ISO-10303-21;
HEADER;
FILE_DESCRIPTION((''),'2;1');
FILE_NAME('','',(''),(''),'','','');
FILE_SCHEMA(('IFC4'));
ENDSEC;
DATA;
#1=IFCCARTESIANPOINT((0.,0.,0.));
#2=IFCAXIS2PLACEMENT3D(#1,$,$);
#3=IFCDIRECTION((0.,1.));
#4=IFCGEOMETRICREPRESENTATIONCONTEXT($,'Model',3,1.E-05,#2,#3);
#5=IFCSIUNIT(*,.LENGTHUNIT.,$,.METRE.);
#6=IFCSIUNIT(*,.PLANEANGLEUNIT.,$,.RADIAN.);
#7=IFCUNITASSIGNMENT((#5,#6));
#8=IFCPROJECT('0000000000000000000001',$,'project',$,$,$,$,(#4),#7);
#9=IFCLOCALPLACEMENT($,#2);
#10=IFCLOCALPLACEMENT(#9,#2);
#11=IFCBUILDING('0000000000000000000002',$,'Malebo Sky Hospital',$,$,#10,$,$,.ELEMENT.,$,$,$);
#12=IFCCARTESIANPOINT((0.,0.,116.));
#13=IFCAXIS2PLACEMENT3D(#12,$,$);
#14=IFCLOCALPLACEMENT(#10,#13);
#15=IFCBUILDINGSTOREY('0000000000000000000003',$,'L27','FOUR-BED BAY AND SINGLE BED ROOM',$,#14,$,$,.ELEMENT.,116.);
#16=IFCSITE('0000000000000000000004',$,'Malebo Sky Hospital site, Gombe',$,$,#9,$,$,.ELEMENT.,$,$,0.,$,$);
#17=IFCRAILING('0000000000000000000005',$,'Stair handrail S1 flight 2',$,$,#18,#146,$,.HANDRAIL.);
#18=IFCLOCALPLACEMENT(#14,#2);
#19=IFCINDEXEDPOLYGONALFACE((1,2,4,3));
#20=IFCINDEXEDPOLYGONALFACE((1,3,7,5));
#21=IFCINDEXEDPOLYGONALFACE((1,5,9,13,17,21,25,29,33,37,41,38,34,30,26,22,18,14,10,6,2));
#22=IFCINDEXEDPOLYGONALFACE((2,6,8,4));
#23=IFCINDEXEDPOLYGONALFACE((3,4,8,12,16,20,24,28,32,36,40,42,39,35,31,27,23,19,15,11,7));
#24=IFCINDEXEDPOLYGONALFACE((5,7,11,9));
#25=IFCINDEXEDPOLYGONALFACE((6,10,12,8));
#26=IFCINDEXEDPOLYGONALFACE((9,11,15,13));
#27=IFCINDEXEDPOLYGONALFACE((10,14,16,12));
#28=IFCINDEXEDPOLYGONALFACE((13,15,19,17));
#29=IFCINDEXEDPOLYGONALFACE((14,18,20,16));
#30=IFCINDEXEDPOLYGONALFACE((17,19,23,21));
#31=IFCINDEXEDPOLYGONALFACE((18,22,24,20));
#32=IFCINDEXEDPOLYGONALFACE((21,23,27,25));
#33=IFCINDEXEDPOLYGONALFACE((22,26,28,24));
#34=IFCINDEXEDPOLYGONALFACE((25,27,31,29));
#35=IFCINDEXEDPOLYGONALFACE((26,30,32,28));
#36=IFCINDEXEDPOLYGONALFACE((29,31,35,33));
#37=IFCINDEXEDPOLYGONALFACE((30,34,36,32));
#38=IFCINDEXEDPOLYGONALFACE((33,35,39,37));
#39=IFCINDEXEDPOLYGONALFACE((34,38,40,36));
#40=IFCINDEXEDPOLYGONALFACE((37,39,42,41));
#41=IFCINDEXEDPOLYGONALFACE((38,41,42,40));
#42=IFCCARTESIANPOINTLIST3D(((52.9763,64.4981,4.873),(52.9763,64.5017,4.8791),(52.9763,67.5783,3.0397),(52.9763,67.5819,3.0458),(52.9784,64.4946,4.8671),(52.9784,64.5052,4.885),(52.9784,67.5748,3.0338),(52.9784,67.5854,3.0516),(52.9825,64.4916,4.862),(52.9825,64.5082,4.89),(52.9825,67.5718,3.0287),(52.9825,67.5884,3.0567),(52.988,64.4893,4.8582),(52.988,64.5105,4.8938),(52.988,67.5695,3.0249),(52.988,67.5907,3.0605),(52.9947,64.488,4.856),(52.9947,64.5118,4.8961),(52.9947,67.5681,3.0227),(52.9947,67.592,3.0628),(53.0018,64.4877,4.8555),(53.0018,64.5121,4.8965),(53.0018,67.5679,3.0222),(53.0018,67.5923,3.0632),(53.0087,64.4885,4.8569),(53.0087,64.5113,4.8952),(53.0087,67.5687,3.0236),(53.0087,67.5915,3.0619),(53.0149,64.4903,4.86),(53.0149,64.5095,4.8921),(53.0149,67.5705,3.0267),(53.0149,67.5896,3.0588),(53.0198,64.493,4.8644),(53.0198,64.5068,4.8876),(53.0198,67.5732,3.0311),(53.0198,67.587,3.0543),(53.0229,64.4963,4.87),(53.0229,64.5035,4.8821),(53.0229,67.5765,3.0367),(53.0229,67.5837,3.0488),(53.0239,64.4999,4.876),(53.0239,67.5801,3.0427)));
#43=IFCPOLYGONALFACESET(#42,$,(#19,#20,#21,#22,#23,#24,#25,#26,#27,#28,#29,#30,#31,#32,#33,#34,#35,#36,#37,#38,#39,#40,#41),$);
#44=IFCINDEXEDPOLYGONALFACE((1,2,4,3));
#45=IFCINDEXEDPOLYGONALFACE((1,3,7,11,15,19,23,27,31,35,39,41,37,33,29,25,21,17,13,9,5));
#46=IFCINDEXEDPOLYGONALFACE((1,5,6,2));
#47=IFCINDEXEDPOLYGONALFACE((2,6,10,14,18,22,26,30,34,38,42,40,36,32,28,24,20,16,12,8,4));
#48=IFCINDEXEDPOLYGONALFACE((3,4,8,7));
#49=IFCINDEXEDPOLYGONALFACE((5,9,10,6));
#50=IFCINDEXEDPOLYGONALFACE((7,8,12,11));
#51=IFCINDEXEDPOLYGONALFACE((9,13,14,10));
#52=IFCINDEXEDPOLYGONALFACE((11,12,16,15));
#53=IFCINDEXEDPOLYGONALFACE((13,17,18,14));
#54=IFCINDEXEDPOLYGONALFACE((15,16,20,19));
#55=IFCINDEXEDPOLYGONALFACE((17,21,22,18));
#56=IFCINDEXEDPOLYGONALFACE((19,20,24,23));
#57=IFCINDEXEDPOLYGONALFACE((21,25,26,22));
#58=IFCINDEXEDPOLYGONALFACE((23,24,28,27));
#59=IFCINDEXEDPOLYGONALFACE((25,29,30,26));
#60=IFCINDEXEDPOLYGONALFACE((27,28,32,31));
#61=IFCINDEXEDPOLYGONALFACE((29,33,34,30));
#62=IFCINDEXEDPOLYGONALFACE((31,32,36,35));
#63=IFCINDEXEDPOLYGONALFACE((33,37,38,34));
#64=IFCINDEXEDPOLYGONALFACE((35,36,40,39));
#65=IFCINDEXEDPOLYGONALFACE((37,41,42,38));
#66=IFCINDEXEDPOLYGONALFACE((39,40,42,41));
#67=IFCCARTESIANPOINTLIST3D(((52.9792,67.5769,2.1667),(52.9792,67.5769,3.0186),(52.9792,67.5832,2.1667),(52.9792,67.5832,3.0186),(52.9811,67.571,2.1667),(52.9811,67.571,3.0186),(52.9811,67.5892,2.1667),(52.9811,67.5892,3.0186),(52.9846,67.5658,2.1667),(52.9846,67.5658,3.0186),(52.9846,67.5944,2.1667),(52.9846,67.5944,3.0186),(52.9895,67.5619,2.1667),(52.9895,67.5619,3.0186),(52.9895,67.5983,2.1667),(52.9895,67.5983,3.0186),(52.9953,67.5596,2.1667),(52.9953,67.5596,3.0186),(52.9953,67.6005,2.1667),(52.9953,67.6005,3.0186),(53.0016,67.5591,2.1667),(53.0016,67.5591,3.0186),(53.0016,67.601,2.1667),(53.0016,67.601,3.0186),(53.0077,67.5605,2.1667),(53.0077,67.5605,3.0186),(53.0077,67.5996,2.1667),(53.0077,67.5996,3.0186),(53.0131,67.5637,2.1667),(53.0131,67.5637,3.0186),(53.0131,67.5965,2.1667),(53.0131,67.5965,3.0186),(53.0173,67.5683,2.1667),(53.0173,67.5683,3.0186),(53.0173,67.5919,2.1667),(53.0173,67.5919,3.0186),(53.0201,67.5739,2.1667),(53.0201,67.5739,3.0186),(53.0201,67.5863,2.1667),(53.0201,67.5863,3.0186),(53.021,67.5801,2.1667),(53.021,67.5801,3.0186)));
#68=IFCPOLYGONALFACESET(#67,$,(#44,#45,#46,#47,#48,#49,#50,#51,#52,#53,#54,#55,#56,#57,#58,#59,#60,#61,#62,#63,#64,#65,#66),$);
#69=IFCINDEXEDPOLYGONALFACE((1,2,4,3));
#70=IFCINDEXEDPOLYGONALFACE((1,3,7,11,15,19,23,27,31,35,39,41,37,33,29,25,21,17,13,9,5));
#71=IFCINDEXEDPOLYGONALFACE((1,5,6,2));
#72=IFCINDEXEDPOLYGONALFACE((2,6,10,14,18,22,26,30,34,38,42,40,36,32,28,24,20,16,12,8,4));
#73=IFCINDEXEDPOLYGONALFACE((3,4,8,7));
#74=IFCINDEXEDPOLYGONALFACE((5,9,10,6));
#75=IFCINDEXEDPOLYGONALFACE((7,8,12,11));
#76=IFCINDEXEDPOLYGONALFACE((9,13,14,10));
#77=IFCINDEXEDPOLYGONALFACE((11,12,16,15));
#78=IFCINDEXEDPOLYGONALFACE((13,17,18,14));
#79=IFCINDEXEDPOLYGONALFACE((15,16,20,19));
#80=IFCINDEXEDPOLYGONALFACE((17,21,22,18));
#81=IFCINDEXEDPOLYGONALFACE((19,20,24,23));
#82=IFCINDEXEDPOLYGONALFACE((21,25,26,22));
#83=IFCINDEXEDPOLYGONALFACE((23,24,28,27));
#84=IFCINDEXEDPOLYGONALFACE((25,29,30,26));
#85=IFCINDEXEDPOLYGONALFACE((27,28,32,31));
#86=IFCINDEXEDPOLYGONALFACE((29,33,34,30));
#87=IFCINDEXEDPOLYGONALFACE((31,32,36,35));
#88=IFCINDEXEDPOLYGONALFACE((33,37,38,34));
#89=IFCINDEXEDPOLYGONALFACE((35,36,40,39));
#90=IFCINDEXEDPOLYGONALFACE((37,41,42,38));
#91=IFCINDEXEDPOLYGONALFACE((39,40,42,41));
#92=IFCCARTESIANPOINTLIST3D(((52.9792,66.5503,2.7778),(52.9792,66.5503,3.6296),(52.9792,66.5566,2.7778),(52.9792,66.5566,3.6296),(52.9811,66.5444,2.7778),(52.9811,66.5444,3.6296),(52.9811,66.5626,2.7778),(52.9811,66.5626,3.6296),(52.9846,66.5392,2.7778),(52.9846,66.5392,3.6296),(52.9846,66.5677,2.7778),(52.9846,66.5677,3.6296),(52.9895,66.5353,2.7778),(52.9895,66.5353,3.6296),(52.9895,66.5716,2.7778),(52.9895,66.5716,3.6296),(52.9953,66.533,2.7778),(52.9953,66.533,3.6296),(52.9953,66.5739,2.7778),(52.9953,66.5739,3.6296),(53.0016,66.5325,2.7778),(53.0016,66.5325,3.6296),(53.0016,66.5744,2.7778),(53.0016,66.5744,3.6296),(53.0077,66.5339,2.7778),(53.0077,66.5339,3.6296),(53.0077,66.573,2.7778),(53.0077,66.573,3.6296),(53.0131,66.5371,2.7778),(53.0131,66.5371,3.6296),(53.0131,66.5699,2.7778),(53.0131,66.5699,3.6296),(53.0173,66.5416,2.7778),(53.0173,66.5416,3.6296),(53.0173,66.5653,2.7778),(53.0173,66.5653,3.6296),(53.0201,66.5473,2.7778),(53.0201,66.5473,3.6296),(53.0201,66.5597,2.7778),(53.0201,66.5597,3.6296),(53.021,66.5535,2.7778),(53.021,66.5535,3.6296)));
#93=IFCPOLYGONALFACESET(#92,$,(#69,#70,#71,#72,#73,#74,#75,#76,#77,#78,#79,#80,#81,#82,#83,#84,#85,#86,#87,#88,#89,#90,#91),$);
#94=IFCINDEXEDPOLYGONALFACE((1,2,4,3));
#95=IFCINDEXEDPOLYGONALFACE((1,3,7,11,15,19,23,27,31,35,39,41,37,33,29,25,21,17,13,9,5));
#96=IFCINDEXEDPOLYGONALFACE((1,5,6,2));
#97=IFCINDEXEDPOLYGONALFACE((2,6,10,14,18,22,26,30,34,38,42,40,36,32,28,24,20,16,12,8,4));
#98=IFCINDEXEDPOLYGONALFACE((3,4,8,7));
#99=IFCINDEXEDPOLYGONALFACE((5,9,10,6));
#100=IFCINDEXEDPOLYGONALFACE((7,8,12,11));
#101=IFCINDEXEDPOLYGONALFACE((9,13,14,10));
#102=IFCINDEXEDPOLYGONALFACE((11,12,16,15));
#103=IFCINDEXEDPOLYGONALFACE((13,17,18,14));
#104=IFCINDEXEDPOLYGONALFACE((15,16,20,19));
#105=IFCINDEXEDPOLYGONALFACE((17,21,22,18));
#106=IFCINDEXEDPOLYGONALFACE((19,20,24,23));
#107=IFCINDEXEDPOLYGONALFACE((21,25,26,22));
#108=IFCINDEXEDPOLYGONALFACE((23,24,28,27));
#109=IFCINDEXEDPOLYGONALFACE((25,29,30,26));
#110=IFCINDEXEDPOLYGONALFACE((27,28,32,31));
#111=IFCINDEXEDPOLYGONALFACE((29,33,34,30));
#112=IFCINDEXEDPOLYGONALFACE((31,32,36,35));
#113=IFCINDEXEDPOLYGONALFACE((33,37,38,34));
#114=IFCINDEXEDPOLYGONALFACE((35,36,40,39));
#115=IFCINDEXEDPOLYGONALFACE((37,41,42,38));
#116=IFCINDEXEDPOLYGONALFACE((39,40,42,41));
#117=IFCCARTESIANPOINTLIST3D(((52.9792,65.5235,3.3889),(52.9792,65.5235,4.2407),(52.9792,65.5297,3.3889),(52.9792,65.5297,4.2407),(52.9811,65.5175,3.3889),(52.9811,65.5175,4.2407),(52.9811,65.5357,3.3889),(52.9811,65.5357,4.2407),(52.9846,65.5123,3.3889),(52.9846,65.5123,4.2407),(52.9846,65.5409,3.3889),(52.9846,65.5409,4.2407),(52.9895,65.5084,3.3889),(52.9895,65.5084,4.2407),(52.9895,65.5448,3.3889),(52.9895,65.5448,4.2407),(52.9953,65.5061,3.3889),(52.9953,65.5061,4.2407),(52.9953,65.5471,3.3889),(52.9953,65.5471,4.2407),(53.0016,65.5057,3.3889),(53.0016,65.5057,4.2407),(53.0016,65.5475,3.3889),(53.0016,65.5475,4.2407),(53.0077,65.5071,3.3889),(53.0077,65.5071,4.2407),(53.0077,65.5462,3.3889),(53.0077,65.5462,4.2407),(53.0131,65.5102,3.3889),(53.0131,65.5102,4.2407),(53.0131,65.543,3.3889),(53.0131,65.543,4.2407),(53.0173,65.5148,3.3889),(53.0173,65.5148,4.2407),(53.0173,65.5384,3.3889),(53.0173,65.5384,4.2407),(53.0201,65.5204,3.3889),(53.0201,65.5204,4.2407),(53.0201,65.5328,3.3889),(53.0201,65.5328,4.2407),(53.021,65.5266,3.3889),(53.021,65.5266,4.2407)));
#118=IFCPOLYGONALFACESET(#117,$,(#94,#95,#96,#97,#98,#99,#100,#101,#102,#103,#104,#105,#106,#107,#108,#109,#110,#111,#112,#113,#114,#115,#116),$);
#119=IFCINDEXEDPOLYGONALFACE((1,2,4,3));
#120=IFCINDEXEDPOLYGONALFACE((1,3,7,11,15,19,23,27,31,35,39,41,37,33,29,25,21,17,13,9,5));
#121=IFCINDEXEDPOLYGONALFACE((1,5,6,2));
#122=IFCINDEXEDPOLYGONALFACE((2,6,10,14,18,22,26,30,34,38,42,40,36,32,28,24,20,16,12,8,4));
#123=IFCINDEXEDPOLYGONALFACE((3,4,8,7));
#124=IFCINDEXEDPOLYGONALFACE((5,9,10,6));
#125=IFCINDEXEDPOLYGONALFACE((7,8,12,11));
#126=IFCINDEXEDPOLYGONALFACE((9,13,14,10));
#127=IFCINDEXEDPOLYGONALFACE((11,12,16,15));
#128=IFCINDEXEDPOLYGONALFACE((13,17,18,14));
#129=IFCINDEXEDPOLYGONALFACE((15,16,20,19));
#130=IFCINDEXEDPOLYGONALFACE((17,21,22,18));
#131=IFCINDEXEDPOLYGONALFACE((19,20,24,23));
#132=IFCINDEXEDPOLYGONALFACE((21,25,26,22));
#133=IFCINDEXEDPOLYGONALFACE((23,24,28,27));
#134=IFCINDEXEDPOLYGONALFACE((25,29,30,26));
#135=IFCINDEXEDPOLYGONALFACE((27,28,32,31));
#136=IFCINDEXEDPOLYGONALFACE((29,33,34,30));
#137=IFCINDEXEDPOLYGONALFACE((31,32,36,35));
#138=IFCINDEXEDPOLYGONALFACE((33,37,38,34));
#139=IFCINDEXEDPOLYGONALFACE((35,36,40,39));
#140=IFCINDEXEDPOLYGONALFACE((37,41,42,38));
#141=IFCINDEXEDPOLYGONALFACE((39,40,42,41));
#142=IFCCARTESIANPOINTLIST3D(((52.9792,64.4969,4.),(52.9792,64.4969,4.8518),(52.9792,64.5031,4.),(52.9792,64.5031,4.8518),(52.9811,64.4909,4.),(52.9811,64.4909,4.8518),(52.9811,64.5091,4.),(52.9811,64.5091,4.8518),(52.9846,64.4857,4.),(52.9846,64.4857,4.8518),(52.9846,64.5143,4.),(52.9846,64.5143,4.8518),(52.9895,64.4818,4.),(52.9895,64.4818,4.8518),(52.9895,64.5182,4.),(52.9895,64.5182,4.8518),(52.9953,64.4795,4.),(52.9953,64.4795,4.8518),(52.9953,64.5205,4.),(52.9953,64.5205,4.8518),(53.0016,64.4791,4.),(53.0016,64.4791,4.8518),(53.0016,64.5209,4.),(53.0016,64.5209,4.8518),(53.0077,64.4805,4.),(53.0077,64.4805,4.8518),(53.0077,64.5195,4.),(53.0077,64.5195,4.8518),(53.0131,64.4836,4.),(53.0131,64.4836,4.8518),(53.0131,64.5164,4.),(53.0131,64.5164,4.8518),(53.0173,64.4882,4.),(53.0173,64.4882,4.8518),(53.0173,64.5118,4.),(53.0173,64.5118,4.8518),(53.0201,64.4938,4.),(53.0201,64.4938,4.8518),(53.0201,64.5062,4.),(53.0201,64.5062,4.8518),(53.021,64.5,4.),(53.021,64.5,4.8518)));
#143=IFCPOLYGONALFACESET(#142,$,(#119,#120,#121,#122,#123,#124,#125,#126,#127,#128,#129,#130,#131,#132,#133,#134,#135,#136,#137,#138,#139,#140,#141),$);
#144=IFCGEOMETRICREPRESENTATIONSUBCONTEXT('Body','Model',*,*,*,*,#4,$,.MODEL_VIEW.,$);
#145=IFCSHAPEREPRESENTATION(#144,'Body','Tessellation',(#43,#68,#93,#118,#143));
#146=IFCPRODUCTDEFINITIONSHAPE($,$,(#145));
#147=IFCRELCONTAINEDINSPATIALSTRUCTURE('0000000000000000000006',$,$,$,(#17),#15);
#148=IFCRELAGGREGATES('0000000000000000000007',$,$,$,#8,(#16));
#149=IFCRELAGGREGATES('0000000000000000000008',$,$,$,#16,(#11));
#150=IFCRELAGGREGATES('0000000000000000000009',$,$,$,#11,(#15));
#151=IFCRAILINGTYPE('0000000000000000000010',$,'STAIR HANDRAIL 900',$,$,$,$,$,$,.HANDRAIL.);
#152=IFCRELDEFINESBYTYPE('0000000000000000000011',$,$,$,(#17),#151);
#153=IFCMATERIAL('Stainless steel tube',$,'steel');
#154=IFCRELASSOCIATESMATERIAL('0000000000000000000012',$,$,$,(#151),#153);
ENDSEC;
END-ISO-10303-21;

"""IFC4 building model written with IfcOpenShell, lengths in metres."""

from ifc_helpers import new_model, si_unit, direction, frame, origin, origin_2d, place, context, subcontext, project, spatial, circle, extrude, material, type_object, element, save


model = new_model("IFC4")

# Units and contexts
model_context = context("Model", 3, precision=1e-05, world=origin(), true_north=direction((0.0, 1.0)))
body_context = subcontext(model_context, "Body", "Model", "MODEL_VIEW")
ifc_project = project(units=[si_unit("LENGTHUNIT", "METRE"), si_unit("PLANEANGLEUNIT", "RADIAN")], contexts=[model_context])

# Site, building, storey
site_placement = place(None, origin())
site = spatial("IfcSite", under=ifc_project, at=site_placement, Name="Malebo Sky Hospital site, Gombe", CompositionType="ELEMENT", RefElevation=0.0)
building_placement = place(site_placement, origin())
building = spatial("IfcBuilding", under=site, at=building_placement, Name="Malebo Sky Hospital", CompositionType="ELEMENT")
storey_placement = place(building_placement, frame((0.0, 0.0, 116.0)))
storey = spatial("IfcBuildingStorey", under=building, at=storey_placement, Name="L27", Description="FOUR-BED BAY AND SINGLE BED ROOM", CompositionType="ELEMENT", Elevation=116.0)

# Railing
ifc_material_1 = material(Name="Stainless steel tube", Category="steel")
railing_type = type_object("IfcRailingType", Name="STAIR HANDRAIL 900", PredefinedType="HANDRAIL", material=ifc_material_1)
railing_1_placement = place(storey_placement, frame((53.0, 67.5801, 2.1667)))
element("IfcRailing", 1, at=railing_1_placement, inside=storey, type_object=railing_type, Name="Stair handrail S1 flight 2", PredefinedType="HANDRAIL", context=body_context, shape_type="SweptSolid", body=[
    extrude(circle(Radius=0.0239, at=origin_2d()), frame((0.0, 0.0, 0.876), z_axis=(0.0, -0.859309, 0.511458), x_axis=(1.0, 0.0, 0.0)), (0.0, 0.0, 1.0), 3.5845),
    extrude(circle(Radius=0.021, at=origin_2d()), origin(), (0.0, 0.0, 1.0), 0.8518),
    extrude(circle(Radius=0.021, at=origin_2d()), frame((0.0, -1.0266, 0.6111)), (0.0, 0.0, 1.0), 0.8518),
    extrude(circle(Radius=0.021, at=origin_2d()), frame((0.0, -2.0535, 1.2222)), (0.0, 0.0, 1.0), 0.8518),
    extrude(circle(Radius=0.021, at=origin_2d()), frame((0.0, -3.0801, 1.8333)), (0.0, 0.0, 1.0), 0.8518),
])

save(model, "model.ifc")
